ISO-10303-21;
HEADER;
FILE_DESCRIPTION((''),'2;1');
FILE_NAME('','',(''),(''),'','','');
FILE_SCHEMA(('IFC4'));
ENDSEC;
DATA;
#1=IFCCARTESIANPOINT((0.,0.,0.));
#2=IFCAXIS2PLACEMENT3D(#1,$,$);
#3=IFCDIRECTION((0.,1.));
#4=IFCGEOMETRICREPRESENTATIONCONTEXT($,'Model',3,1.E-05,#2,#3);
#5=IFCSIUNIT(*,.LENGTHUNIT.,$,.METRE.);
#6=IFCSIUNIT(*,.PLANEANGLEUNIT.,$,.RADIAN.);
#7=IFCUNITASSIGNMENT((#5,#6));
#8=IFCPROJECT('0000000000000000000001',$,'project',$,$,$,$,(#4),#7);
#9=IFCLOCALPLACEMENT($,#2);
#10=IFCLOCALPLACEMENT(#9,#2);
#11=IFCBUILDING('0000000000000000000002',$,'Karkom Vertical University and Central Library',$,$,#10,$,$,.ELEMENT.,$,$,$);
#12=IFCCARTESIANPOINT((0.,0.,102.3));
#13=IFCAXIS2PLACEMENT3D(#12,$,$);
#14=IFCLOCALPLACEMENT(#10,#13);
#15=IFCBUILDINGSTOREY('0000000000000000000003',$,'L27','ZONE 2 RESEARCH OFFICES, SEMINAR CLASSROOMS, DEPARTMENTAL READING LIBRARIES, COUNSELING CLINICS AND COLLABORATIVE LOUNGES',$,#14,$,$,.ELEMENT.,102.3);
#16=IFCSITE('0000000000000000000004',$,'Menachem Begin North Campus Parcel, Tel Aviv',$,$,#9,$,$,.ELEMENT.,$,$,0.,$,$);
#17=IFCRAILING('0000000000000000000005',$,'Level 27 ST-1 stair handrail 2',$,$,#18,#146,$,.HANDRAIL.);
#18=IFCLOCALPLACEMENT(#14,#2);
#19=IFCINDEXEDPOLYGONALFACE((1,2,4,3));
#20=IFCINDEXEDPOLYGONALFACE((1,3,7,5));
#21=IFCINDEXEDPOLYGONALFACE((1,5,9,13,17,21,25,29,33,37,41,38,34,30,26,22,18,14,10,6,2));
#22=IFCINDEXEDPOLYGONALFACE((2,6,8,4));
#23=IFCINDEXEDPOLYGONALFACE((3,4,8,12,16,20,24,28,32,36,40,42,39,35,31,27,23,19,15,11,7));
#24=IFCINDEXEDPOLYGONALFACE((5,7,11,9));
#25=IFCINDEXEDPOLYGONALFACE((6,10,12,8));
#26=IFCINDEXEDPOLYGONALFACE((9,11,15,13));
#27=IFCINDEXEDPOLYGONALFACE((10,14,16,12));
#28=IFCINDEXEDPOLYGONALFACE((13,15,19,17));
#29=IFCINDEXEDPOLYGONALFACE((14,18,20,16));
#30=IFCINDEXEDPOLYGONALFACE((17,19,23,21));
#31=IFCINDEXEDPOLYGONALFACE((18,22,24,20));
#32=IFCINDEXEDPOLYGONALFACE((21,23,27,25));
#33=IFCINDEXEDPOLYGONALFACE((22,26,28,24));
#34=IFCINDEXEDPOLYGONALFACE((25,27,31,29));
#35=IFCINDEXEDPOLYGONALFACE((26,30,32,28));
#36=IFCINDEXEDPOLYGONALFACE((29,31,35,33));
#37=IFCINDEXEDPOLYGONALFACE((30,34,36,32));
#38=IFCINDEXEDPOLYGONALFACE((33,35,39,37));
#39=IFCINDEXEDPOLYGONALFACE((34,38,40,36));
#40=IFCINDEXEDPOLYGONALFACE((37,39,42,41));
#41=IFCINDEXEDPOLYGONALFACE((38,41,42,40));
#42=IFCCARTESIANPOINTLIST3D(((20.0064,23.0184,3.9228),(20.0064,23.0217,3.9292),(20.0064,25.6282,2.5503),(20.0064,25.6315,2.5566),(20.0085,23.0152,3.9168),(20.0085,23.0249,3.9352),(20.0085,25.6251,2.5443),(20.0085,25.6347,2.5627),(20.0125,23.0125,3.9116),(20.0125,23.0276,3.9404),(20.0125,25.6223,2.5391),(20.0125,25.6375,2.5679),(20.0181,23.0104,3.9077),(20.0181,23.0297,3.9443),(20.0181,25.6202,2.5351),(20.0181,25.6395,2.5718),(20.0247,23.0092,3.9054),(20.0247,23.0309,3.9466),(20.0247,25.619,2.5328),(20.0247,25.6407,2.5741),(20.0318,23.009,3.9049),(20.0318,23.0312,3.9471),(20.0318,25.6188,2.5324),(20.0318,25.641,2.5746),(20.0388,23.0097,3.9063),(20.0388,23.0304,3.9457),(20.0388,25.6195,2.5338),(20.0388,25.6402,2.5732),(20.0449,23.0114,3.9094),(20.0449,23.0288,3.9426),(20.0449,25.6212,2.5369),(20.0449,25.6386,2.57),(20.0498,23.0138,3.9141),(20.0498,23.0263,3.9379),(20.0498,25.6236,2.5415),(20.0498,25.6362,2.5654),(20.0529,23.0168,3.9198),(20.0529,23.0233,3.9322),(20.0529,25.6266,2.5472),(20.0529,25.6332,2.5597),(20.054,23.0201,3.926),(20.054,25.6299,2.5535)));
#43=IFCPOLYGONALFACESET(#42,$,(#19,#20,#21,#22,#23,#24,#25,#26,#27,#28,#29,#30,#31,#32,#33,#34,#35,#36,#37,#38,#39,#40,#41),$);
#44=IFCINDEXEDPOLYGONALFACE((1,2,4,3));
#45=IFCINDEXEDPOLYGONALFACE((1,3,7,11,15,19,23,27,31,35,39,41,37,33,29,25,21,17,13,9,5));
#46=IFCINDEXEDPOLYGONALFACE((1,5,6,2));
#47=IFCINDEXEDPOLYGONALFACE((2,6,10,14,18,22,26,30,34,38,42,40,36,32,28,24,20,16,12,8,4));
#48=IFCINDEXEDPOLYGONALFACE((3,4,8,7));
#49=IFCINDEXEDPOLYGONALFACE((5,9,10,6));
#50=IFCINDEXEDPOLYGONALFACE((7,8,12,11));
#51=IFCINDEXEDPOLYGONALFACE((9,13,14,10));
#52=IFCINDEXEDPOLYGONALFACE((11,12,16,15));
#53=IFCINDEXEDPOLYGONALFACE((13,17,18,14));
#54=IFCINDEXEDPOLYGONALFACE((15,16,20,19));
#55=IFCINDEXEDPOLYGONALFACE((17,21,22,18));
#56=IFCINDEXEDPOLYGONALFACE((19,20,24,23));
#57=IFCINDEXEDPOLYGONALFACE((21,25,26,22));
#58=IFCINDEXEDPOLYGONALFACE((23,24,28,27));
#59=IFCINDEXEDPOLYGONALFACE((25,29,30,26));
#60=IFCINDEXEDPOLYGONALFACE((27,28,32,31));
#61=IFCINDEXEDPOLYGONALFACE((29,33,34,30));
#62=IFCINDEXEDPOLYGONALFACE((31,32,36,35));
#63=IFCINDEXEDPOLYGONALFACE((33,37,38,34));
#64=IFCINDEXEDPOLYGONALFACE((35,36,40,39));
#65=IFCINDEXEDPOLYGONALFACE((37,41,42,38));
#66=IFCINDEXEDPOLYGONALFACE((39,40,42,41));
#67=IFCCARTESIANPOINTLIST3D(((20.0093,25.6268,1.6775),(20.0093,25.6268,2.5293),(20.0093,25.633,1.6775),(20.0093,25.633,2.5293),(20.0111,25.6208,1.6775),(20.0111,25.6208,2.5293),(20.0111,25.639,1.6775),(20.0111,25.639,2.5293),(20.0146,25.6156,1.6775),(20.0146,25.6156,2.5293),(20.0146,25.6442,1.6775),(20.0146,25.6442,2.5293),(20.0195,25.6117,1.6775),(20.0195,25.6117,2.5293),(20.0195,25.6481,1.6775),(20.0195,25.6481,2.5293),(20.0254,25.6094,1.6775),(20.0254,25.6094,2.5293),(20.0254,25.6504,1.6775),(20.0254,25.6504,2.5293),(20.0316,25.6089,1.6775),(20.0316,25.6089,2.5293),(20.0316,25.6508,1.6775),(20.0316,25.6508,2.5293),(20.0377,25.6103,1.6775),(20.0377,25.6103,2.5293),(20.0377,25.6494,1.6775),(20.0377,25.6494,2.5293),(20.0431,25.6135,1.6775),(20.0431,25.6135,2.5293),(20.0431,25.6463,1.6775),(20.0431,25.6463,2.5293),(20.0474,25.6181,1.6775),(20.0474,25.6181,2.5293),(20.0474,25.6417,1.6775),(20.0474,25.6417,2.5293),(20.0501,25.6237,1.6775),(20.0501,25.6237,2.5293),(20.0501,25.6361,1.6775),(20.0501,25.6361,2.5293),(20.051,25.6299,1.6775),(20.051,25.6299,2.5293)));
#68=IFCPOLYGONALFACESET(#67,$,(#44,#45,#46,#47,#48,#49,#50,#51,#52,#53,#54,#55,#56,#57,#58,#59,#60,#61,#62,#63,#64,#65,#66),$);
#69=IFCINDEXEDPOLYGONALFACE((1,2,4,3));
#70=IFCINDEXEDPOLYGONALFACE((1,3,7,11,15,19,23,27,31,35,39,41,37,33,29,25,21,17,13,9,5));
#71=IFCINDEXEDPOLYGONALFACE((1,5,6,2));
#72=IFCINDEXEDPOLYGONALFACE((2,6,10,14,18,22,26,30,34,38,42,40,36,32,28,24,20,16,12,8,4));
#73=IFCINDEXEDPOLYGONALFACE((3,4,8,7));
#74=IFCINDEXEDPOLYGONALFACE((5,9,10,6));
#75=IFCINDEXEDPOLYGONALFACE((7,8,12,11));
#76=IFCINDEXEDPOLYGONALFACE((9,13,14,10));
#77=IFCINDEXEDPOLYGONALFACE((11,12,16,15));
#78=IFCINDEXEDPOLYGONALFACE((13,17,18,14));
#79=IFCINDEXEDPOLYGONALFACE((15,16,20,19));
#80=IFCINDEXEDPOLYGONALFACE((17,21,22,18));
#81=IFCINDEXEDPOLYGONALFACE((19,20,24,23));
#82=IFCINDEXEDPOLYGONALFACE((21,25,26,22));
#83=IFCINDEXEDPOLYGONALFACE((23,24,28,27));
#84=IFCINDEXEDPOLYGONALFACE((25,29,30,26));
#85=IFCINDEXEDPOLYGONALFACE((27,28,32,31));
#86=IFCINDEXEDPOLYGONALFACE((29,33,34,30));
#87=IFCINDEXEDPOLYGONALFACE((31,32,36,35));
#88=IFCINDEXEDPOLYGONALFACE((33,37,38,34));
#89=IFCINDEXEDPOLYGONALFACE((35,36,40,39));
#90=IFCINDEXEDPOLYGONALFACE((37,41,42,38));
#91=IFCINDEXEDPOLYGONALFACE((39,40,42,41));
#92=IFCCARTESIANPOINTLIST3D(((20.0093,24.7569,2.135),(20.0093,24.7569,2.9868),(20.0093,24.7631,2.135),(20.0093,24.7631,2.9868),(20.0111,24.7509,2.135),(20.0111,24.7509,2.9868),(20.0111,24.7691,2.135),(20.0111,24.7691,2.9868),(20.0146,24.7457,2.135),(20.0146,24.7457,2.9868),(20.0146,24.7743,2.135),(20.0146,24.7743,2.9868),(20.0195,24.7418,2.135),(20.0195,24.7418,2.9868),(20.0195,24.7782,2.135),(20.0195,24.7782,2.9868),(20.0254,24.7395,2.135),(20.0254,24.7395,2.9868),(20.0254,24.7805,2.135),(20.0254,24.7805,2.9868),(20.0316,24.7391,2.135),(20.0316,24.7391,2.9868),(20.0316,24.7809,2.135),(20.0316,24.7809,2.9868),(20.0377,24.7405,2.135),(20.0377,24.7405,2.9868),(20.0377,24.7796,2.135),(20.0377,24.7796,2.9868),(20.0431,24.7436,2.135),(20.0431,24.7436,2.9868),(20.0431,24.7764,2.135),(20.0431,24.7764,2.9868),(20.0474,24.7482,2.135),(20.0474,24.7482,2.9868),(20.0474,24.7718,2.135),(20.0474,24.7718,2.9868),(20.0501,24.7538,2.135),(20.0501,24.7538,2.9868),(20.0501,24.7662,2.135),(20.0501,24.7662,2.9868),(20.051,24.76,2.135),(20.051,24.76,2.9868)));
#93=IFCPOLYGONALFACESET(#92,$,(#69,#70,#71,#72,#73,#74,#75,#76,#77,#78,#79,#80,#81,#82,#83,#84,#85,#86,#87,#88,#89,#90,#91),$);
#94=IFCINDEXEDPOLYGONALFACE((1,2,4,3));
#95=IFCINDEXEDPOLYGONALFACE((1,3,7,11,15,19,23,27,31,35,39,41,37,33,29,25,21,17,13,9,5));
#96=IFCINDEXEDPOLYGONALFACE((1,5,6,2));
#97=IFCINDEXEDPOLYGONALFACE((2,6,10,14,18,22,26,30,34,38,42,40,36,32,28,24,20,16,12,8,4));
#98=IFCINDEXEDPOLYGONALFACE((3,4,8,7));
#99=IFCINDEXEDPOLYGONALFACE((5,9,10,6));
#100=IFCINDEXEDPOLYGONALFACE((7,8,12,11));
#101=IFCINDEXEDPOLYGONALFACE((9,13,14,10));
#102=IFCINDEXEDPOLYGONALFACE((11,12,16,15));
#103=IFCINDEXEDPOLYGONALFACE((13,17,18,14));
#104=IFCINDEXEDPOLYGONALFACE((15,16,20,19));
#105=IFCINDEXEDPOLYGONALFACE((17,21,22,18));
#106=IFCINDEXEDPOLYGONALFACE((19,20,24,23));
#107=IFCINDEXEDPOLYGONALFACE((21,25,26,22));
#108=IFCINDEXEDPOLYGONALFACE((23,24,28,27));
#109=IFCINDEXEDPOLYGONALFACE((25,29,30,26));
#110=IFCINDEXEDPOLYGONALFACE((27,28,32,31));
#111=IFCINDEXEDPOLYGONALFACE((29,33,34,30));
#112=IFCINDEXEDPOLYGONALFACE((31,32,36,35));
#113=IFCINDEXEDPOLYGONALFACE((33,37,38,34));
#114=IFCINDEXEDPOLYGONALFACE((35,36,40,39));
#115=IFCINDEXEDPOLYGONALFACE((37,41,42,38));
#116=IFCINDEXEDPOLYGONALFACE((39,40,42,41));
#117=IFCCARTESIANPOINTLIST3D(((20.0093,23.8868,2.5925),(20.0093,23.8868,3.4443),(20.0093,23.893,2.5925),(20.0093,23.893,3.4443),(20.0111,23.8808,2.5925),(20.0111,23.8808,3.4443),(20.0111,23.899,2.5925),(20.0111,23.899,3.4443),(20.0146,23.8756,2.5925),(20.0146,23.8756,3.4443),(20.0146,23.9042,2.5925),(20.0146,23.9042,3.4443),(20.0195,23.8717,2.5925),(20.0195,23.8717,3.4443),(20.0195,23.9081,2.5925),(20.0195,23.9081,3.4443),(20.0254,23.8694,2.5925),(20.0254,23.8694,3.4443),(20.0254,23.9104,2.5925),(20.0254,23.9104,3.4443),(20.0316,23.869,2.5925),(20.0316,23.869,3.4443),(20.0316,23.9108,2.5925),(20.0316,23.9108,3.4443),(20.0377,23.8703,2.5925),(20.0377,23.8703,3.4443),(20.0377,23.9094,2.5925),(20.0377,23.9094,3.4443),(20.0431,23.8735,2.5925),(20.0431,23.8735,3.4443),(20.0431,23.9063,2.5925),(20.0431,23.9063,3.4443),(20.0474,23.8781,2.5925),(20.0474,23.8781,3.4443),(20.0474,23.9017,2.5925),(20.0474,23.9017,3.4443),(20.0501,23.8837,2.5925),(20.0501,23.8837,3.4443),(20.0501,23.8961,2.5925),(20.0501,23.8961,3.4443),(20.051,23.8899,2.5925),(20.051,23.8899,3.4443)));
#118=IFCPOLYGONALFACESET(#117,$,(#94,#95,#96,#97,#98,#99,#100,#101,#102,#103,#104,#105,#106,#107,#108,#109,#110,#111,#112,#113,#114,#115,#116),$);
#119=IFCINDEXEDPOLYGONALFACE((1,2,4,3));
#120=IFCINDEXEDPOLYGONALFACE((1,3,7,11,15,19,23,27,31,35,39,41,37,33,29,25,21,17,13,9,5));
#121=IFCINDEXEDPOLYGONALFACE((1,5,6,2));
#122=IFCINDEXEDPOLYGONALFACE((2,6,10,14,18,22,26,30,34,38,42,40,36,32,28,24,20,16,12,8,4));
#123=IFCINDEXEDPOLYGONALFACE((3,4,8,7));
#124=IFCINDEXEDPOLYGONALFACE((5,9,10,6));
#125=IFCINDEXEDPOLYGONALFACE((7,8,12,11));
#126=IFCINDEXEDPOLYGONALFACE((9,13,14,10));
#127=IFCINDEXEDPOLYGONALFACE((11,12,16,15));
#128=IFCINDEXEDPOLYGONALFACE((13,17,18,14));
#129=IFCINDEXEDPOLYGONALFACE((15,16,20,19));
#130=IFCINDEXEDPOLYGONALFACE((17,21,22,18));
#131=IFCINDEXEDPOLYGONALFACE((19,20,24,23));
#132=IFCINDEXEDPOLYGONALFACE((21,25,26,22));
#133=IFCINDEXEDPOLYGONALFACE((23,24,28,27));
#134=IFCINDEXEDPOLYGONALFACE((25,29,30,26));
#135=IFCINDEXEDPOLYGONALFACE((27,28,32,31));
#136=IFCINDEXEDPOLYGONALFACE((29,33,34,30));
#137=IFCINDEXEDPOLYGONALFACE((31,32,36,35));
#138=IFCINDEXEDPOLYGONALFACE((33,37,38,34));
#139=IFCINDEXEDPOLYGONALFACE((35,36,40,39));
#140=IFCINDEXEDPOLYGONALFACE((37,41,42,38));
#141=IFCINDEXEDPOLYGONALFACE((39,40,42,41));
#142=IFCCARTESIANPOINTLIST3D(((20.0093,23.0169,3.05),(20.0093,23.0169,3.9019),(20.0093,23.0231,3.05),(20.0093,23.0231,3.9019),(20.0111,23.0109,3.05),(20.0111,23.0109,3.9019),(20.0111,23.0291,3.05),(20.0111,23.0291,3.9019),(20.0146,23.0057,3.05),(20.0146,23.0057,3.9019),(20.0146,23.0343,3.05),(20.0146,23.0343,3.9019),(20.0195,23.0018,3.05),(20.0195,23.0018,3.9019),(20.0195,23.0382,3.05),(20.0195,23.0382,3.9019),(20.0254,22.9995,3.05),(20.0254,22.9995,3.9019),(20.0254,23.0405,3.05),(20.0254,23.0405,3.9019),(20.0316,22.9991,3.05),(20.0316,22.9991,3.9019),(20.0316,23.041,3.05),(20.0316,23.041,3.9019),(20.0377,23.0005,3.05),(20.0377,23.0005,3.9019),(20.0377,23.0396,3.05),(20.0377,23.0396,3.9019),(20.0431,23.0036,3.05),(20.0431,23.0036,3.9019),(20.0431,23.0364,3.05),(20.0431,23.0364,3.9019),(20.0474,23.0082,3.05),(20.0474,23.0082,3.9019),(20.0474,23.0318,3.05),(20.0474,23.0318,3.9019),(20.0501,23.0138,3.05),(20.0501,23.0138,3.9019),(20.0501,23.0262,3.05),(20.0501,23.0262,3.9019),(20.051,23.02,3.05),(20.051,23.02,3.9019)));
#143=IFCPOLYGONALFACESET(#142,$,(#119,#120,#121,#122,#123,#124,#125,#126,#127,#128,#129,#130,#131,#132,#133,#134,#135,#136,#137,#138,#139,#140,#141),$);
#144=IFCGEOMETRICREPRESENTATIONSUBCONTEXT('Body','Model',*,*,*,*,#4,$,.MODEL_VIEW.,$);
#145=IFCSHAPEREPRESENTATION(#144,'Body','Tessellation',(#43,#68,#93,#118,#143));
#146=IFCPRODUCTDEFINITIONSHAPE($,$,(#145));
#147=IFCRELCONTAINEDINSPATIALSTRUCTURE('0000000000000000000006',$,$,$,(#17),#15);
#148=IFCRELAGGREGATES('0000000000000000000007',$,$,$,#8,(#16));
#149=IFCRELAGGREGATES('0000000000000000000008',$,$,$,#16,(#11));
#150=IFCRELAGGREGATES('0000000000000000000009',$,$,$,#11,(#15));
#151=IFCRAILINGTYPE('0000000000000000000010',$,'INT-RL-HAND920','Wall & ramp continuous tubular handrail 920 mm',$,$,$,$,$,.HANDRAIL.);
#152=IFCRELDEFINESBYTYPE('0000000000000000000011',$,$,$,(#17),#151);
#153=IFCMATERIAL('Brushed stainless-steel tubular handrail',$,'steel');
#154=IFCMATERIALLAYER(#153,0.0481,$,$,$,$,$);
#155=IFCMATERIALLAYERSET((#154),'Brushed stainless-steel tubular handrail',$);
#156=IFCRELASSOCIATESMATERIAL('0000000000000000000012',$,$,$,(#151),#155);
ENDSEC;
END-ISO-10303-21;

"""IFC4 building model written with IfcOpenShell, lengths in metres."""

from ifc_helpers import new_model, si_unit, direction, frame, origin, origin_2d, place, context, subcontext, project, spatial, circle, extrude, material, layer, layer_set, type_object, element, save


model = new_model("IFC4")

# Units and contexts
model_context = context("Model", 3, precision=1e-05, world=origin(), true_north=direction((0.0, 1.0)))
body_context = subcontext(model_context, "Body", "Model", "MODEL_VIEW")
ifc_project = project(units=[si_unit("LENGTHUNIT", "METRE"), si_unit("PLANEANGLEUNIT", "RADIAN")], contexts=[model_context])

# Site, building, storey
site_placement = place(None, origin())
site = spatial("IfcSite", under=ifc_project, at=site_placement, Name="Menachem Begin North Campus Parcel, Tel Aviv", CompositionType="ELEMENT", RefElevation=0.0)
building_placement = place(site_placement, origin())
building = spatial("IfcBuilding", under=site, at=building_placement, Name="Karkom Vertical University and Central Library", CompositionType="ELEMENT")
storey_placement = place(building_placement, frame((0.0, 0.0, 102.3)))
storey = spatial("IfcBuildingStorey", under=building, at=storey_placement, Name="L27", Description="ZONE 2 RESEARCH OFFICES, SEMINAR CLASSROOMS, DEPARTMENTAL READING LIBRARIES, COUNSELING CLINICS AND COLLABORATIVE LOUNGES", CompositionType="ELEMENT", Elevation=102.3)

# Railing
ifc_material_1 = material(Name="Brushed stainless-steel tubular handrail", Category="steel")
ifc_layer_1 = layer(ifc_material_1, 0.0481)
ifc_layer_set_1 = layer_set([ifc_layer_1], Name="Brushed stainless-steel tubular handrail")
railing_type_1 = type_object("IfcRailingType", Name="INT-RL-HAND920", Description="Wall & ramp continuous tubular handrail 920 mm", PredefinedType="HANDRAIL", material=ifc_layer_set_1)
railing_1_placement = place(storey_placement, frame((20.03, 25.6299, 1.6775)))
element("IfcRailing", 1, at=railing_1_placement, inside=storey, type_object=railing_type_1, Name="Level 27 ST-1 stair handrail 2", PredefinedType="HANDRAIL", context=body_context, shape_type="SweptSolid", body=[
    extrude(circle(Radius=0.0239, at=origin_2d()), frame((0.0, 0.0, 0.876), z_axis=(0.0, -0.885065, 0.465467), x_axis=(1.0, 0.0, 0.0)), (0.0, 0.0, 1.0), 2.9487),
    extrude(circle(Radius=0.021, at=origin_2d()), origin(), (0.0, 0.0, 1.0), 0.8518),
    extrude(circle(Radius=0.021, at=origin_2d()), frame((0.0, -0.8699, 0.4575)), (0.0, 0.0, 1.0), 0.8518),
    extrude(circle(Radius=0.021, at=origin_2d()), frame((0.0, -1.74, 0.915)), (0.0, 0.0, 1.0), 0.8518),
    extrude(circle(Radius=0.021, at=origin_2d()), frame((0.0, -2.6099, 1.3726)), (0.0, 0.0, 1.0), 0.8518),
])

save(model, "model.ifc")
